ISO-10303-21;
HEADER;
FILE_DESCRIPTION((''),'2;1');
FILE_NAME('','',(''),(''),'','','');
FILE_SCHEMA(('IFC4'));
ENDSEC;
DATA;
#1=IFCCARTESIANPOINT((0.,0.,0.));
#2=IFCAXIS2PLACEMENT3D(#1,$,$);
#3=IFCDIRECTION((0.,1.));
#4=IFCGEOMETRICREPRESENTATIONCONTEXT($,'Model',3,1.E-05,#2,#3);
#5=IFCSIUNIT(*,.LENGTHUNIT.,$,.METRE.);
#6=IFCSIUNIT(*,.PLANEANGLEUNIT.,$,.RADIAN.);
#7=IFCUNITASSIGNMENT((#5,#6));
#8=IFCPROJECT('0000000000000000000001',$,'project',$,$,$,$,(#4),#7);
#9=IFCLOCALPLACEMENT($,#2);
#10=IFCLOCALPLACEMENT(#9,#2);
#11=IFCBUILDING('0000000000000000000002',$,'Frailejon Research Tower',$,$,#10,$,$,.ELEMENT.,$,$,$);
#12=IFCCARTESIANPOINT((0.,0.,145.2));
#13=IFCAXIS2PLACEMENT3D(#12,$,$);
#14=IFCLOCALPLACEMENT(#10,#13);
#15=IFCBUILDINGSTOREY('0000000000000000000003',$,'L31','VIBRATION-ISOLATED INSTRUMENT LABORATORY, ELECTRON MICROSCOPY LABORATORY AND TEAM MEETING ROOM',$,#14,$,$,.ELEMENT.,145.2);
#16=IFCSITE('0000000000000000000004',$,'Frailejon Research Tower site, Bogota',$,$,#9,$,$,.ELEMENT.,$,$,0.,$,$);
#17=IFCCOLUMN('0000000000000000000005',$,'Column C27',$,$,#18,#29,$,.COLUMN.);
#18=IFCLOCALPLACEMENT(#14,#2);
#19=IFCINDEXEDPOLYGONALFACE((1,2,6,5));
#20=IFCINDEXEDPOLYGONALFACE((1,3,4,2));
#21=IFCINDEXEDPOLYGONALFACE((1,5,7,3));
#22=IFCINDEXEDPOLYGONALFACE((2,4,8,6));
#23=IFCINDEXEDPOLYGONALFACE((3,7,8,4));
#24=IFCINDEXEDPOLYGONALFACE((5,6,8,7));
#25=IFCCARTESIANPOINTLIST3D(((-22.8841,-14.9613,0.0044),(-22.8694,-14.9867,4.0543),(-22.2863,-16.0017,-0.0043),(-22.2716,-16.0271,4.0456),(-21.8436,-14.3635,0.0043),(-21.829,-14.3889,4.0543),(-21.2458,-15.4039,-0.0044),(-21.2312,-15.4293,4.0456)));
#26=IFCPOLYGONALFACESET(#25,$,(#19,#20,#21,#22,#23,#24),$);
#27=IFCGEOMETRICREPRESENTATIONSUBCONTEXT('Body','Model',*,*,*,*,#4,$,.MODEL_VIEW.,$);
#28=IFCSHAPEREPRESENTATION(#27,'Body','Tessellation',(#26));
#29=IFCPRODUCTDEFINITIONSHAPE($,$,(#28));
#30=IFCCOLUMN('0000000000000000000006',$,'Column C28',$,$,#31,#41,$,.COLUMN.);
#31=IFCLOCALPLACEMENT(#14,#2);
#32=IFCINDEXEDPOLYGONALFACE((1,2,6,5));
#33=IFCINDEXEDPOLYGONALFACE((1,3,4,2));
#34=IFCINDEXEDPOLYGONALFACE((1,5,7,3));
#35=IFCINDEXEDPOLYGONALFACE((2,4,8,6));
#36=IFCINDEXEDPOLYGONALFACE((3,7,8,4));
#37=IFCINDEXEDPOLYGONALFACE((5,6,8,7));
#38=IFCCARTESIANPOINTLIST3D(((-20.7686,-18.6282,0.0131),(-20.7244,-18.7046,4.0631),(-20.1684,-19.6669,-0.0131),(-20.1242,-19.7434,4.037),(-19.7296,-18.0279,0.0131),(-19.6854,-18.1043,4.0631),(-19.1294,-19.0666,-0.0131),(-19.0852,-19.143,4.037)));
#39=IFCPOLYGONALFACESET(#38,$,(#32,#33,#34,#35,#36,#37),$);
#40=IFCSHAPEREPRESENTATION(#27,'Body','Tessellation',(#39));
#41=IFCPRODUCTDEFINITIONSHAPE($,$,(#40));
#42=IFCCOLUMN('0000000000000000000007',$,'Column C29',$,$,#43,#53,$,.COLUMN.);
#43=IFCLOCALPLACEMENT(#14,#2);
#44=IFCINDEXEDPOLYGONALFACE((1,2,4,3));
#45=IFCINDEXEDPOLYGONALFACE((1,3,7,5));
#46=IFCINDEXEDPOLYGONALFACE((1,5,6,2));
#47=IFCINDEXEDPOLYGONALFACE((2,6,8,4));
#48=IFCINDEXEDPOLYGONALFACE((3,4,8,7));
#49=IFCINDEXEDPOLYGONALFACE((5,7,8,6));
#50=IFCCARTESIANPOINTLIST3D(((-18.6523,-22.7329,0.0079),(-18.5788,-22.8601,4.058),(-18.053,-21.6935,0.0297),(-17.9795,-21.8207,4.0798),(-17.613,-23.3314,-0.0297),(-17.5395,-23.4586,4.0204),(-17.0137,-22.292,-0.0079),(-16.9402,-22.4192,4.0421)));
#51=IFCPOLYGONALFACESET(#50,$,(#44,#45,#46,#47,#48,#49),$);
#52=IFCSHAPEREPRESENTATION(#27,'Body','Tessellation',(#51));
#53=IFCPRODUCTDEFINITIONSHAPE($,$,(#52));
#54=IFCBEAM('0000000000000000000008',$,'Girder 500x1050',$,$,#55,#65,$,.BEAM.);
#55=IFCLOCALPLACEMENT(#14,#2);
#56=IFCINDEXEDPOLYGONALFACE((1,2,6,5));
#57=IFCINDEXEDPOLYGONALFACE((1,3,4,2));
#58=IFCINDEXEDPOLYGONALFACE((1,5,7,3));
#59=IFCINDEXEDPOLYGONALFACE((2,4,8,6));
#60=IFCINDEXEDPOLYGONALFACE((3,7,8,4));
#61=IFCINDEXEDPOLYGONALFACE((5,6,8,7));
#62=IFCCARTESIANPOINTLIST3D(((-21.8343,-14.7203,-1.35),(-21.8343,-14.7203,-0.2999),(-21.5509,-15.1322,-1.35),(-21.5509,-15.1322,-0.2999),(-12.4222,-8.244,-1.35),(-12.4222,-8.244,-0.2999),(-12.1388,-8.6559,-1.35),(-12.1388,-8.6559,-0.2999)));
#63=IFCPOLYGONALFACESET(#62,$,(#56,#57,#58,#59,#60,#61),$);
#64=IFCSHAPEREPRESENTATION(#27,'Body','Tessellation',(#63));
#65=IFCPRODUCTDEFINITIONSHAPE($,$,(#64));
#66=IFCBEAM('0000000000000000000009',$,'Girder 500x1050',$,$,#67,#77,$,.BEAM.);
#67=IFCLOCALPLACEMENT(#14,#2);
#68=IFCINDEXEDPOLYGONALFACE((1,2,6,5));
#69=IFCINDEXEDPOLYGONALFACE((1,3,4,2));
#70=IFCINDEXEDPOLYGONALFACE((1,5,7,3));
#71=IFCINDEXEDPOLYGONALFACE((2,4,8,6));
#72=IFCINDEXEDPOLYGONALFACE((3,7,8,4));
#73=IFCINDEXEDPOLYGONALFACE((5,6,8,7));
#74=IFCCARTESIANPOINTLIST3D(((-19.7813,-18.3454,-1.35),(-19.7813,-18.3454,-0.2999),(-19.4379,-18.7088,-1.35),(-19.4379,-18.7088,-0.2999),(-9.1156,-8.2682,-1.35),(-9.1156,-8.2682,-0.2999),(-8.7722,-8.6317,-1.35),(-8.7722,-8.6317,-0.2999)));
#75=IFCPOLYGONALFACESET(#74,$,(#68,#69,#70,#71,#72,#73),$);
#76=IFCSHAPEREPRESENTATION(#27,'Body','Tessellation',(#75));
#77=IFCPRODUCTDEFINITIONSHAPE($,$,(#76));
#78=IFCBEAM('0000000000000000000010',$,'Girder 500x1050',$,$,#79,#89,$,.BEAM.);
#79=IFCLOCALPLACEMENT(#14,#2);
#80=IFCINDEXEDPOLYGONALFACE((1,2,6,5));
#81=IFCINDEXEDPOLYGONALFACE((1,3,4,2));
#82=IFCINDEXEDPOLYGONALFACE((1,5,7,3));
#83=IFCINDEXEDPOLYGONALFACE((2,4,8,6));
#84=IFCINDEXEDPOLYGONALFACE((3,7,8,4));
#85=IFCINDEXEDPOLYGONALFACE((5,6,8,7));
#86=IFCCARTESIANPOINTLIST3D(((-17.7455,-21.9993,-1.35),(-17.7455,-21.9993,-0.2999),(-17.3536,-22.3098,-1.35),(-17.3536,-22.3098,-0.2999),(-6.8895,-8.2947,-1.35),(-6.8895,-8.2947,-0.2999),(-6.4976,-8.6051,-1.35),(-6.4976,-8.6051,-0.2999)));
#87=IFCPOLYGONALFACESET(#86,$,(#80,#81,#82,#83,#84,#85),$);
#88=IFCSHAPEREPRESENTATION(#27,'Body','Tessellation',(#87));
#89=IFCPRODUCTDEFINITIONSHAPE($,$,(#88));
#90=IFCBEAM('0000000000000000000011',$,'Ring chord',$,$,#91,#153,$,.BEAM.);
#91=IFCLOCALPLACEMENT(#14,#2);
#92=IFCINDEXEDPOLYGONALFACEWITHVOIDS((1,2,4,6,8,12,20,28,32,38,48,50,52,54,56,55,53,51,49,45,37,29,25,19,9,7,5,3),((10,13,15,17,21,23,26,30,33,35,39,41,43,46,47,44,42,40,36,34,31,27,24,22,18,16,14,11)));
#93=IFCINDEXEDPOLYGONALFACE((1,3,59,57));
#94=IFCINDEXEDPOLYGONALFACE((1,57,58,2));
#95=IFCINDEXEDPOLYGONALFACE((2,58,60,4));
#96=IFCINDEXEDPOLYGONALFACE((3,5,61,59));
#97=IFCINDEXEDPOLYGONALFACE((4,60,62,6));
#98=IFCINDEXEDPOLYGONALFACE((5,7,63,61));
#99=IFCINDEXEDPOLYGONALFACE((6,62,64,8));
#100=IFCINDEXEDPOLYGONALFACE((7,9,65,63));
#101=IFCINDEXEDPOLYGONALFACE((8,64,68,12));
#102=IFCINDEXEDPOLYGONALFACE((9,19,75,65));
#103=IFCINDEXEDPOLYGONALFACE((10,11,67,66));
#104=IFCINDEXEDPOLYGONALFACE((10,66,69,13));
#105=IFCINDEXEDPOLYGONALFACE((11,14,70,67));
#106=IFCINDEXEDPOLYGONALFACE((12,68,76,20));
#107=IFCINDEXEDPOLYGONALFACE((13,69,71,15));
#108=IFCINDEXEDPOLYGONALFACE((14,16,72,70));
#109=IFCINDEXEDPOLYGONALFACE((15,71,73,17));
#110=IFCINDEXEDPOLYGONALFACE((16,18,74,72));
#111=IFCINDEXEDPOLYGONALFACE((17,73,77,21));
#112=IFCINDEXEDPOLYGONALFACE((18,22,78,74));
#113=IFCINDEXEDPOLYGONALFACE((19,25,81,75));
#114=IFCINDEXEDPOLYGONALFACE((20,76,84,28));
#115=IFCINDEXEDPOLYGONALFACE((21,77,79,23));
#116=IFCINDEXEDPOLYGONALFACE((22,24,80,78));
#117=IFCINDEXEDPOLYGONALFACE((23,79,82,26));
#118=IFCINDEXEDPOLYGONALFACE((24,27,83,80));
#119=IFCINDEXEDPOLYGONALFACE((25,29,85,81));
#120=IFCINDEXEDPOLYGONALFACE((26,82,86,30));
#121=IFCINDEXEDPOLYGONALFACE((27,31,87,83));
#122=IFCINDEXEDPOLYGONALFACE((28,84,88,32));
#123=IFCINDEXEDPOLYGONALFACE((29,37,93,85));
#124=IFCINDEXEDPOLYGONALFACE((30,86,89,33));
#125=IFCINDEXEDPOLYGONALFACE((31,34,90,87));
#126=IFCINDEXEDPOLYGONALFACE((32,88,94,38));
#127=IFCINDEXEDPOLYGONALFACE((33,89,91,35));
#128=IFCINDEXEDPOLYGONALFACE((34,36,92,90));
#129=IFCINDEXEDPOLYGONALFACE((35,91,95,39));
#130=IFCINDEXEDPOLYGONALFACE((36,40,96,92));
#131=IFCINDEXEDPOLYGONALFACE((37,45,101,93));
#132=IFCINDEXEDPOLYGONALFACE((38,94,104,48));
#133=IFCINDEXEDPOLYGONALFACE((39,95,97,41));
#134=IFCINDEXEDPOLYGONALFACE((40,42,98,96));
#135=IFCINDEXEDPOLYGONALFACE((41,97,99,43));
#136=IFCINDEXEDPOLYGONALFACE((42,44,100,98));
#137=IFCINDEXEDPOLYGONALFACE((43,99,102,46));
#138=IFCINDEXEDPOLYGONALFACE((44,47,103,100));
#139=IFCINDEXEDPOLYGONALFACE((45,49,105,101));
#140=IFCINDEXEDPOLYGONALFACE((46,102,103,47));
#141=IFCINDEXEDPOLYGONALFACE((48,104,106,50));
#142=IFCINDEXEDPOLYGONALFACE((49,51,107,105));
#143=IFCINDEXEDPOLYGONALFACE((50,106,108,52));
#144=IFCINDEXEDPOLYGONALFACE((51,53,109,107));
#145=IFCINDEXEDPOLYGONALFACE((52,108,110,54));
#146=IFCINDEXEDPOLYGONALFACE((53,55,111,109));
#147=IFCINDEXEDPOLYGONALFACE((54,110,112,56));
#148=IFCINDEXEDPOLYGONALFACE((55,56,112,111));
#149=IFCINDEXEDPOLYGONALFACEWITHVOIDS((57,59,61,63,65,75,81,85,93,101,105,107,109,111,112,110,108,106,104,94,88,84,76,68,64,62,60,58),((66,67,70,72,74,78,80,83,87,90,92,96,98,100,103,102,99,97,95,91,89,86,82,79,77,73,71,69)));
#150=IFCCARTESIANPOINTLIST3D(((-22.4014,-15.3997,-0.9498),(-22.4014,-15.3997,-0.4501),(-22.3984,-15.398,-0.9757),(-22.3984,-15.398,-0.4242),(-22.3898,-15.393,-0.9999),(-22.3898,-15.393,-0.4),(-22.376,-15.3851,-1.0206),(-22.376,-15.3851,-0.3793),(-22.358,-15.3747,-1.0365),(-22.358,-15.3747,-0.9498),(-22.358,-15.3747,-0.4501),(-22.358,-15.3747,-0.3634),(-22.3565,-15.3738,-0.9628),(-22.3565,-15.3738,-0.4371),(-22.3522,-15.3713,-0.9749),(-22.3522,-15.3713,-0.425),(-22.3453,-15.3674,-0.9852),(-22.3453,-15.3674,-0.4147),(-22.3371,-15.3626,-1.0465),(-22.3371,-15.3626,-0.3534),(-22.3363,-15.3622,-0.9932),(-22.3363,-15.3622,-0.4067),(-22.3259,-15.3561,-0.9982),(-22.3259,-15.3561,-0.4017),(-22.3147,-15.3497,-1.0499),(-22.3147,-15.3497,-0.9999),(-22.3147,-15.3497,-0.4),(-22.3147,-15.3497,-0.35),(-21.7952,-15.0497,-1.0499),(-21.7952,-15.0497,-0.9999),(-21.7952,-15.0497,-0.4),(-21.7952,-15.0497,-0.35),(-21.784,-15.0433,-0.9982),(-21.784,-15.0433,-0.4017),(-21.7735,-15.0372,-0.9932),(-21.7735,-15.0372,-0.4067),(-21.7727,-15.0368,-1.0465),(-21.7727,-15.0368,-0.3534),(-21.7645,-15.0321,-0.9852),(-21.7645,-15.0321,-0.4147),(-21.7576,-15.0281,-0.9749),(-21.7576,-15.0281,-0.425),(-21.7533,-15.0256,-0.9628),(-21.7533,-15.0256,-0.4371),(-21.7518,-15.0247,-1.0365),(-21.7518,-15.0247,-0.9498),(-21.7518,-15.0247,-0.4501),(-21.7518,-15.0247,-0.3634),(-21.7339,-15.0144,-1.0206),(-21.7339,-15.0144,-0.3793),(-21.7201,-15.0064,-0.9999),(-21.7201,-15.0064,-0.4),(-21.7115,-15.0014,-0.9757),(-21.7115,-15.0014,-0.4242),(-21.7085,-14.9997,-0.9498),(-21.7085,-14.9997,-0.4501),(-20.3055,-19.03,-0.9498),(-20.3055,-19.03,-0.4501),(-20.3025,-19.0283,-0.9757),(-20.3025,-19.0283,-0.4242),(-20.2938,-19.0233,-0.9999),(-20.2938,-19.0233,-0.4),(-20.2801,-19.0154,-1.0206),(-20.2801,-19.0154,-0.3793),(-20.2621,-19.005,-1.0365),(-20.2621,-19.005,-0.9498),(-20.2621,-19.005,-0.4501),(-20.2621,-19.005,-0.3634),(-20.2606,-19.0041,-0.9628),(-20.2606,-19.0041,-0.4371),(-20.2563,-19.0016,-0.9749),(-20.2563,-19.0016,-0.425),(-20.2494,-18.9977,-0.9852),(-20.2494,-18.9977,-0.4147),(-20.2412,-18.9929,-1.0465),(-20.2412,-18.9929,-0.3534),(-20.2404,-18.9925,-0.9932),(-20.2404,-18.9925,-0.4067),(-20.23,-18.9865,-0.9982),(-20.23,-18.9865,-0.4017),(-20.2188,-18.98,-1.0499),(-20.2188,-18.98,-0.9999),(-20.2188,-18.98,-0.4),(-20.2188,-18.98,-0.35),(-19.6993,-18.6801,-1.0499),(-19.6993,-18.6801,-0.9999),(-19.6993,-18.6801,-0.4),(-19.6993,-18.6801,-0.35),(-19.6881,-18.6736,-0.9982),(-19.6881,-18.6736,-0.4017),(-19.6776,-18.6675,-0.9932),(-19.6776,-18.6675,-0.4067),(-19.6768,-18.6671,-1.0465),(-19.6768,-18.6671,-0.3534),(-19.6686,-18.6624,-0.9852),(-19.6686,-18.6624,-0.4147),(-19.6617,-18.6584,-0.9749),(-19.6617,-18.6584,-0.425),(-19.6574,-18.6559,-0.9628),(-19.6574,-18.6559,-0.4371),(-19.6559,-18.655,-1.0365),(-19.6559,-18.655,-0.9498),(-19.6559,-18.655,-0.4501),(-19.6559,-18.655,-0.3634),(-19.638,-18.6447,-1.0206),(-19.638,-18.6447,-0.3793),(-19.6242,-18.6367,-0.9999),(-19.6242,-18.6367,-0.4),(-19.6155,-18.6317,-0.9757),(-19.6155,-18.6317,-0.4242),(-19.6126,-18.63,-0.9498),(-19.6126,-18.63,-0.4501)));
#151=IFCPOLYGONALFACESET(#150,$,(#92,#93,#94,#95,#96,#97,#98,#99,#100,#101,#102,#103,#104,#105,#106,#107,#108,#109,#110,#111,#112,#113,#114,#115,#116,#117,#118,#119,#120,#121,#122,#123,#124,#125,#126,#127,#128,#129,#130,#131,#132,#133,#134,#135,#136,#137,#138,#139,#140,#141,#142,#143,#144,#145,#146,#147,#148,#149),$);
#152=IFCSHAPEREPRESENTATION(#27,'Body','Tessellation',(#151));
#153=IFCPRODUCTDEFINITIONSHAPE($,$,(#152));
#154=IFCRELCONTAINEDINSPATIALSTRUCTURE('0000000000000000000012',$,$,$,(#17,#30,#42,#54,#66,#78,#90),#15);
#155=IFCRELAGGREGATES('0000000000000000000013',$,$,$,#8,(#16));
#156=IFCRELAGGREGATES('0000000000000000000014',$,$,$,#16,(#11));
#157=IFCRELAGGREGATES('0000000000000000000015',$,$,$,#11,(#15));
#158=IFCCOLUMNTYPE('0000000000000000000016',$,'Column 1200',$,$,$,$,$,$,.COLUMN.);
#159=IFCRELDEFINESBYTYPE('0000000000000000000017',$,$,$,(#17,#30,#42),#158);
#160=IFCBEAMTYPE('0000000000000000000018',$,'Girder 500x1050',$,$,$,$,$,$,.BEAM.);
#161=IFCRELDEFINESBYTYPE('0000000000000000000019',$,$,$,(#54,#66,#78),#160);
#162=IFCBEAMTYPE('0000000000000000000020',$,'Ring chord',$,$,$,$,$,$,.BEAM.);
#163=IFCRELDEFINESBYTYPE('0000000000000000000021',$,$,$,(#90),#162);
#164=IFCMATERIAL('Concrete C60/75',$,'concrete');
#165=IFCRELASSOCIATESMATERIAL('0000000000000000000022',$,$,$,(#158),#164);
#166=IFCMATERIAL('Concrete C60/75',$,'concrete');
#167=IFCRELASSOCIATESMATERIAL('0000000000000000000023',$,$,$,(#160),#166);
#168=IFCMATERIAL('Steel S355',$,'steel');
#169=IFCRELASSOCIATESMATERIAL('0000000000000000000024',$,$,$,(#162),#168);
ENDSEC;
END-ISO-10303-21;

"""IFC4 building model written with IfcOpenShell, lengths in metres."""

from ifc_helpers import new_model, si_unit, direction, frame, origin, origin_2d, place, context, subcontext, project, spatial, rectangle, hollow_rectangle, extrude, material, material_profile, profile_set, type_object, element, save


model = new_model("IFC4")

# Units and contexts
model_context = context("Model", 3, precision=1e-05, world=origin(), true_north=direction((0.0, 1.0)))
body_context = subcontext(model_context, "Body", "Model", "MODEL_VIEW")
ifc_project = project(units=[si_unit("LENGTHUNIT", "METRE"), si_unit("PLANEANGLEUNIT", "RADIAN")], contexts=[model_context])

# Site, building, storey
site_placement = place(None, origin())
site = spatial("IfcSite", under=ifc_project, at=site_placement, Name="Frailejon Research Tower site, Bogota", CompositionType="ELEMENT", RefElevation=0.0)
building_placement = place(site_placement, origin())
building = spatial("IfcBuilding", under=site, at=building_placement, Name="Frailejon Research Tower", CompositionType="ELEMENT")
storey_placement = place(building_placement, frame((0.0, 0.0, 145.2)))
storey = spatial("IfcBuildingStorey", under=building, at=storey_placement, Name="L31", Description="VIBRATION-ISOLATED INSTRUMENT LABORATORY, ELECTRON MICROSCOPY LABORATORY AND TEAM MEETING ROOM", CompositionType="ELEMENT", Elevation=145.2)

# Columns
ifc_material_1 = material(Name="Concrete C60/75", Category="concrete")
ifc_material_profile_1 = material_profile(ifc_material_1, rectangle(XDim=1.2, YDim=1.2, at=origin_2d()), Name="Column 1200")
ifc_profile_set_1 = profile_set([ifc_material_profile_1], Name="Concrete C60/75")
column_type = type_object("IfcColumnType", Name="Column 1200", PredefinedType="COLUMN", material=ifc_profile_set_1)
column_1_placement = place(storey_placement, frame((-22.0649, -15.1826, 0.0), z_axis=(0.003617, -0.006269, 0.999974), x_axis=(0.498177, -0.867045, -0.007238)))
element("IfcColumn", 1, at=column_1_placement, inside=storey, type_object=column_type, Name="Column C27", PredefinedType="COLUMN", context=body_context, shape_type="SweptSolid", body=[
    extrude(rectangle(XDim=1.2, YDim=1.2, at=origin_2d()), origin(), (0.0, 0.0, 1.0), 4.05),
])
column_2_placement = place(storey_placement, frame((-19.949, -18.8474, 0.0), z_axis=(0.010908, -0.018863, 0.999763), x_axis=(0.500187, -0.865643, -0.02179)))
element("IfcColumn", 2, at=column_2_placement, inside=storey, type_object=column_type, Name="Column C28", PredefinedType="COLUMN", context=body_context, shape_type="SweptSolid", body=[
    extrude(rectangle(XDim=1.2, YDim=1.2, at=origin_2d()), origin(), (0.0, 0.0, 1.0), 4.051),
])
column_3_placement = place(storey_placement, frame((-17.833, -22.5125, 0.0), z_axis=(0.018133, -0.031386, 0.999343), x_axis=(0.866156, -0.498787, -0.031381)))
element("IfcColumn", 3, at=column_3_placement, inside=storey, type_object=column_type, Name="Column C29", PredefinedType="COLUMN", context=body_context, shape_type="SweptSolid", body=[
    extrude(rectangle(XDim=1.2, YDim=1.2, at=origin_2d()), origin(), (0.0, 0.0, 1.0), 4.0527),
])

# Beams
ifc_material_2 = material(Name="Concrete C60/75", Category="concrete")
ifc_material_profile_2 = material_profile(ifc_material_2, rectangle(XDim=0.5, YDim=1.05, at=origin_2d()), Name="Girder 500x1050")
ifc_profile_set_2 = profile_set([ifc_material_profile_2], Name="Concrete C60/75")
beam_type_1 = type_object("IfcBeamType", Name="Girder 500x1050", PredefinedType="BEAM", material=ifc_profile_set_2)
beam_1_placement = place(storey_placement, frame((-21.6926, -14.9263, -0.825), z_axis=(0.823817, 0.566855, 0.0), x_axis=(-0.566855, 0.823817, 0.0)))
element("IfcBeam", 4, at=beam_1_placement, inside=storey, type_object=beam_type_1, Name="Girder 500x1050", PredefinedType="BEAM", context=body_context, shape_type="SweptSolid", body=[
    extrude(rectangle(XDim=0.5, YDim=1.05, at=origin_2d()), origin(), (0.0, 0.0, 1.0), 11.425),
])
beam_2_placement = place(storey_placement, frame((-19.6096, -18.5271, -0.825), z_axis=(0.72688, 0.686765, 0.0), x_axis=(-0.686765, 0.72688, 0.0)))
element("IfcBeam", 5, at=beam_2_placement, inside=storey, type_object=beam_type_1, Name="Girder 500x1050", PredefinedType="BEAM", context=body_context, shape_type="SweptSolid", body=[
    extrude(rectangle(XDim=0.5, YDim=1.05, at=origin_2d()), origin(), (0.0, 0.0, 1.0), 14.6733),
])
beam_3_placement = place(storey_placement, frame((-17.5496, -22.1545, -0.825), z_axis=(0.620931, 0.783865, 0.0), x_axis=(-0.783865, 0.620931, 0.0)))
element("IfcBeam", 6, at=beam_3_placement, inside=storey, type_object=beam_type_1, Name="Girder 500x1050", PredefinedType="BEAM", context=body_context, shape_type="SweptSolid", body=[
    extrude(rectangle(XDim=0.5, YDim=1.05, at=origin_2d()), origin(), (0.0, 0.0, 1.0), 17.4834),
])
ifc_material_3 = material(Name="Steel S355", Category="steel")
ifc_material_profile_3 = material_profile(ifc_material_3, hollow_rectangle(XDim=0.8, YDim=0.7, WallThickness=0.05, InnerFilletRadius=0.05, OuterFilletRadius=0.1001, at=origin_2d()), Name="Ring chord")
ifc_profile_set_3 = profile_set([ifc_material_profile_3], Name="Steel S355")
beam_type_2 = type_object("IfcBeamType", Name="Ring chord", PredefinedType="BEAM", material=ifc_profile_set_3)
for number, where, z_axis, x_axis, name in (
    (7, (-22.0549, -15.1997, -0.7), (0.499991, -0.86603, 0.0), (0.86603, 0.499991, 0.0), "Ring chord"),
):
    element("IfcBeam", number, at=place(storey_placement, frame(where, z_axis=z_axis, x_axis=x_axis)), inside=storey, type_object=beam_type_2, Name=name, PredefinedType="BEAM", context=body_context, shape_type="SweptSolid", body=[
        extrude(hollow_rectangle(XDim=0.8, YDim=0.7, WallThickness=0.05, InnerFilletRadius=0.05, OuterFilletRadius=0.1001, at=origin_2d()), origin(), (0.0, 0.0, 1.0), 4.1919),
    ])

save(model, "model.ifc")
